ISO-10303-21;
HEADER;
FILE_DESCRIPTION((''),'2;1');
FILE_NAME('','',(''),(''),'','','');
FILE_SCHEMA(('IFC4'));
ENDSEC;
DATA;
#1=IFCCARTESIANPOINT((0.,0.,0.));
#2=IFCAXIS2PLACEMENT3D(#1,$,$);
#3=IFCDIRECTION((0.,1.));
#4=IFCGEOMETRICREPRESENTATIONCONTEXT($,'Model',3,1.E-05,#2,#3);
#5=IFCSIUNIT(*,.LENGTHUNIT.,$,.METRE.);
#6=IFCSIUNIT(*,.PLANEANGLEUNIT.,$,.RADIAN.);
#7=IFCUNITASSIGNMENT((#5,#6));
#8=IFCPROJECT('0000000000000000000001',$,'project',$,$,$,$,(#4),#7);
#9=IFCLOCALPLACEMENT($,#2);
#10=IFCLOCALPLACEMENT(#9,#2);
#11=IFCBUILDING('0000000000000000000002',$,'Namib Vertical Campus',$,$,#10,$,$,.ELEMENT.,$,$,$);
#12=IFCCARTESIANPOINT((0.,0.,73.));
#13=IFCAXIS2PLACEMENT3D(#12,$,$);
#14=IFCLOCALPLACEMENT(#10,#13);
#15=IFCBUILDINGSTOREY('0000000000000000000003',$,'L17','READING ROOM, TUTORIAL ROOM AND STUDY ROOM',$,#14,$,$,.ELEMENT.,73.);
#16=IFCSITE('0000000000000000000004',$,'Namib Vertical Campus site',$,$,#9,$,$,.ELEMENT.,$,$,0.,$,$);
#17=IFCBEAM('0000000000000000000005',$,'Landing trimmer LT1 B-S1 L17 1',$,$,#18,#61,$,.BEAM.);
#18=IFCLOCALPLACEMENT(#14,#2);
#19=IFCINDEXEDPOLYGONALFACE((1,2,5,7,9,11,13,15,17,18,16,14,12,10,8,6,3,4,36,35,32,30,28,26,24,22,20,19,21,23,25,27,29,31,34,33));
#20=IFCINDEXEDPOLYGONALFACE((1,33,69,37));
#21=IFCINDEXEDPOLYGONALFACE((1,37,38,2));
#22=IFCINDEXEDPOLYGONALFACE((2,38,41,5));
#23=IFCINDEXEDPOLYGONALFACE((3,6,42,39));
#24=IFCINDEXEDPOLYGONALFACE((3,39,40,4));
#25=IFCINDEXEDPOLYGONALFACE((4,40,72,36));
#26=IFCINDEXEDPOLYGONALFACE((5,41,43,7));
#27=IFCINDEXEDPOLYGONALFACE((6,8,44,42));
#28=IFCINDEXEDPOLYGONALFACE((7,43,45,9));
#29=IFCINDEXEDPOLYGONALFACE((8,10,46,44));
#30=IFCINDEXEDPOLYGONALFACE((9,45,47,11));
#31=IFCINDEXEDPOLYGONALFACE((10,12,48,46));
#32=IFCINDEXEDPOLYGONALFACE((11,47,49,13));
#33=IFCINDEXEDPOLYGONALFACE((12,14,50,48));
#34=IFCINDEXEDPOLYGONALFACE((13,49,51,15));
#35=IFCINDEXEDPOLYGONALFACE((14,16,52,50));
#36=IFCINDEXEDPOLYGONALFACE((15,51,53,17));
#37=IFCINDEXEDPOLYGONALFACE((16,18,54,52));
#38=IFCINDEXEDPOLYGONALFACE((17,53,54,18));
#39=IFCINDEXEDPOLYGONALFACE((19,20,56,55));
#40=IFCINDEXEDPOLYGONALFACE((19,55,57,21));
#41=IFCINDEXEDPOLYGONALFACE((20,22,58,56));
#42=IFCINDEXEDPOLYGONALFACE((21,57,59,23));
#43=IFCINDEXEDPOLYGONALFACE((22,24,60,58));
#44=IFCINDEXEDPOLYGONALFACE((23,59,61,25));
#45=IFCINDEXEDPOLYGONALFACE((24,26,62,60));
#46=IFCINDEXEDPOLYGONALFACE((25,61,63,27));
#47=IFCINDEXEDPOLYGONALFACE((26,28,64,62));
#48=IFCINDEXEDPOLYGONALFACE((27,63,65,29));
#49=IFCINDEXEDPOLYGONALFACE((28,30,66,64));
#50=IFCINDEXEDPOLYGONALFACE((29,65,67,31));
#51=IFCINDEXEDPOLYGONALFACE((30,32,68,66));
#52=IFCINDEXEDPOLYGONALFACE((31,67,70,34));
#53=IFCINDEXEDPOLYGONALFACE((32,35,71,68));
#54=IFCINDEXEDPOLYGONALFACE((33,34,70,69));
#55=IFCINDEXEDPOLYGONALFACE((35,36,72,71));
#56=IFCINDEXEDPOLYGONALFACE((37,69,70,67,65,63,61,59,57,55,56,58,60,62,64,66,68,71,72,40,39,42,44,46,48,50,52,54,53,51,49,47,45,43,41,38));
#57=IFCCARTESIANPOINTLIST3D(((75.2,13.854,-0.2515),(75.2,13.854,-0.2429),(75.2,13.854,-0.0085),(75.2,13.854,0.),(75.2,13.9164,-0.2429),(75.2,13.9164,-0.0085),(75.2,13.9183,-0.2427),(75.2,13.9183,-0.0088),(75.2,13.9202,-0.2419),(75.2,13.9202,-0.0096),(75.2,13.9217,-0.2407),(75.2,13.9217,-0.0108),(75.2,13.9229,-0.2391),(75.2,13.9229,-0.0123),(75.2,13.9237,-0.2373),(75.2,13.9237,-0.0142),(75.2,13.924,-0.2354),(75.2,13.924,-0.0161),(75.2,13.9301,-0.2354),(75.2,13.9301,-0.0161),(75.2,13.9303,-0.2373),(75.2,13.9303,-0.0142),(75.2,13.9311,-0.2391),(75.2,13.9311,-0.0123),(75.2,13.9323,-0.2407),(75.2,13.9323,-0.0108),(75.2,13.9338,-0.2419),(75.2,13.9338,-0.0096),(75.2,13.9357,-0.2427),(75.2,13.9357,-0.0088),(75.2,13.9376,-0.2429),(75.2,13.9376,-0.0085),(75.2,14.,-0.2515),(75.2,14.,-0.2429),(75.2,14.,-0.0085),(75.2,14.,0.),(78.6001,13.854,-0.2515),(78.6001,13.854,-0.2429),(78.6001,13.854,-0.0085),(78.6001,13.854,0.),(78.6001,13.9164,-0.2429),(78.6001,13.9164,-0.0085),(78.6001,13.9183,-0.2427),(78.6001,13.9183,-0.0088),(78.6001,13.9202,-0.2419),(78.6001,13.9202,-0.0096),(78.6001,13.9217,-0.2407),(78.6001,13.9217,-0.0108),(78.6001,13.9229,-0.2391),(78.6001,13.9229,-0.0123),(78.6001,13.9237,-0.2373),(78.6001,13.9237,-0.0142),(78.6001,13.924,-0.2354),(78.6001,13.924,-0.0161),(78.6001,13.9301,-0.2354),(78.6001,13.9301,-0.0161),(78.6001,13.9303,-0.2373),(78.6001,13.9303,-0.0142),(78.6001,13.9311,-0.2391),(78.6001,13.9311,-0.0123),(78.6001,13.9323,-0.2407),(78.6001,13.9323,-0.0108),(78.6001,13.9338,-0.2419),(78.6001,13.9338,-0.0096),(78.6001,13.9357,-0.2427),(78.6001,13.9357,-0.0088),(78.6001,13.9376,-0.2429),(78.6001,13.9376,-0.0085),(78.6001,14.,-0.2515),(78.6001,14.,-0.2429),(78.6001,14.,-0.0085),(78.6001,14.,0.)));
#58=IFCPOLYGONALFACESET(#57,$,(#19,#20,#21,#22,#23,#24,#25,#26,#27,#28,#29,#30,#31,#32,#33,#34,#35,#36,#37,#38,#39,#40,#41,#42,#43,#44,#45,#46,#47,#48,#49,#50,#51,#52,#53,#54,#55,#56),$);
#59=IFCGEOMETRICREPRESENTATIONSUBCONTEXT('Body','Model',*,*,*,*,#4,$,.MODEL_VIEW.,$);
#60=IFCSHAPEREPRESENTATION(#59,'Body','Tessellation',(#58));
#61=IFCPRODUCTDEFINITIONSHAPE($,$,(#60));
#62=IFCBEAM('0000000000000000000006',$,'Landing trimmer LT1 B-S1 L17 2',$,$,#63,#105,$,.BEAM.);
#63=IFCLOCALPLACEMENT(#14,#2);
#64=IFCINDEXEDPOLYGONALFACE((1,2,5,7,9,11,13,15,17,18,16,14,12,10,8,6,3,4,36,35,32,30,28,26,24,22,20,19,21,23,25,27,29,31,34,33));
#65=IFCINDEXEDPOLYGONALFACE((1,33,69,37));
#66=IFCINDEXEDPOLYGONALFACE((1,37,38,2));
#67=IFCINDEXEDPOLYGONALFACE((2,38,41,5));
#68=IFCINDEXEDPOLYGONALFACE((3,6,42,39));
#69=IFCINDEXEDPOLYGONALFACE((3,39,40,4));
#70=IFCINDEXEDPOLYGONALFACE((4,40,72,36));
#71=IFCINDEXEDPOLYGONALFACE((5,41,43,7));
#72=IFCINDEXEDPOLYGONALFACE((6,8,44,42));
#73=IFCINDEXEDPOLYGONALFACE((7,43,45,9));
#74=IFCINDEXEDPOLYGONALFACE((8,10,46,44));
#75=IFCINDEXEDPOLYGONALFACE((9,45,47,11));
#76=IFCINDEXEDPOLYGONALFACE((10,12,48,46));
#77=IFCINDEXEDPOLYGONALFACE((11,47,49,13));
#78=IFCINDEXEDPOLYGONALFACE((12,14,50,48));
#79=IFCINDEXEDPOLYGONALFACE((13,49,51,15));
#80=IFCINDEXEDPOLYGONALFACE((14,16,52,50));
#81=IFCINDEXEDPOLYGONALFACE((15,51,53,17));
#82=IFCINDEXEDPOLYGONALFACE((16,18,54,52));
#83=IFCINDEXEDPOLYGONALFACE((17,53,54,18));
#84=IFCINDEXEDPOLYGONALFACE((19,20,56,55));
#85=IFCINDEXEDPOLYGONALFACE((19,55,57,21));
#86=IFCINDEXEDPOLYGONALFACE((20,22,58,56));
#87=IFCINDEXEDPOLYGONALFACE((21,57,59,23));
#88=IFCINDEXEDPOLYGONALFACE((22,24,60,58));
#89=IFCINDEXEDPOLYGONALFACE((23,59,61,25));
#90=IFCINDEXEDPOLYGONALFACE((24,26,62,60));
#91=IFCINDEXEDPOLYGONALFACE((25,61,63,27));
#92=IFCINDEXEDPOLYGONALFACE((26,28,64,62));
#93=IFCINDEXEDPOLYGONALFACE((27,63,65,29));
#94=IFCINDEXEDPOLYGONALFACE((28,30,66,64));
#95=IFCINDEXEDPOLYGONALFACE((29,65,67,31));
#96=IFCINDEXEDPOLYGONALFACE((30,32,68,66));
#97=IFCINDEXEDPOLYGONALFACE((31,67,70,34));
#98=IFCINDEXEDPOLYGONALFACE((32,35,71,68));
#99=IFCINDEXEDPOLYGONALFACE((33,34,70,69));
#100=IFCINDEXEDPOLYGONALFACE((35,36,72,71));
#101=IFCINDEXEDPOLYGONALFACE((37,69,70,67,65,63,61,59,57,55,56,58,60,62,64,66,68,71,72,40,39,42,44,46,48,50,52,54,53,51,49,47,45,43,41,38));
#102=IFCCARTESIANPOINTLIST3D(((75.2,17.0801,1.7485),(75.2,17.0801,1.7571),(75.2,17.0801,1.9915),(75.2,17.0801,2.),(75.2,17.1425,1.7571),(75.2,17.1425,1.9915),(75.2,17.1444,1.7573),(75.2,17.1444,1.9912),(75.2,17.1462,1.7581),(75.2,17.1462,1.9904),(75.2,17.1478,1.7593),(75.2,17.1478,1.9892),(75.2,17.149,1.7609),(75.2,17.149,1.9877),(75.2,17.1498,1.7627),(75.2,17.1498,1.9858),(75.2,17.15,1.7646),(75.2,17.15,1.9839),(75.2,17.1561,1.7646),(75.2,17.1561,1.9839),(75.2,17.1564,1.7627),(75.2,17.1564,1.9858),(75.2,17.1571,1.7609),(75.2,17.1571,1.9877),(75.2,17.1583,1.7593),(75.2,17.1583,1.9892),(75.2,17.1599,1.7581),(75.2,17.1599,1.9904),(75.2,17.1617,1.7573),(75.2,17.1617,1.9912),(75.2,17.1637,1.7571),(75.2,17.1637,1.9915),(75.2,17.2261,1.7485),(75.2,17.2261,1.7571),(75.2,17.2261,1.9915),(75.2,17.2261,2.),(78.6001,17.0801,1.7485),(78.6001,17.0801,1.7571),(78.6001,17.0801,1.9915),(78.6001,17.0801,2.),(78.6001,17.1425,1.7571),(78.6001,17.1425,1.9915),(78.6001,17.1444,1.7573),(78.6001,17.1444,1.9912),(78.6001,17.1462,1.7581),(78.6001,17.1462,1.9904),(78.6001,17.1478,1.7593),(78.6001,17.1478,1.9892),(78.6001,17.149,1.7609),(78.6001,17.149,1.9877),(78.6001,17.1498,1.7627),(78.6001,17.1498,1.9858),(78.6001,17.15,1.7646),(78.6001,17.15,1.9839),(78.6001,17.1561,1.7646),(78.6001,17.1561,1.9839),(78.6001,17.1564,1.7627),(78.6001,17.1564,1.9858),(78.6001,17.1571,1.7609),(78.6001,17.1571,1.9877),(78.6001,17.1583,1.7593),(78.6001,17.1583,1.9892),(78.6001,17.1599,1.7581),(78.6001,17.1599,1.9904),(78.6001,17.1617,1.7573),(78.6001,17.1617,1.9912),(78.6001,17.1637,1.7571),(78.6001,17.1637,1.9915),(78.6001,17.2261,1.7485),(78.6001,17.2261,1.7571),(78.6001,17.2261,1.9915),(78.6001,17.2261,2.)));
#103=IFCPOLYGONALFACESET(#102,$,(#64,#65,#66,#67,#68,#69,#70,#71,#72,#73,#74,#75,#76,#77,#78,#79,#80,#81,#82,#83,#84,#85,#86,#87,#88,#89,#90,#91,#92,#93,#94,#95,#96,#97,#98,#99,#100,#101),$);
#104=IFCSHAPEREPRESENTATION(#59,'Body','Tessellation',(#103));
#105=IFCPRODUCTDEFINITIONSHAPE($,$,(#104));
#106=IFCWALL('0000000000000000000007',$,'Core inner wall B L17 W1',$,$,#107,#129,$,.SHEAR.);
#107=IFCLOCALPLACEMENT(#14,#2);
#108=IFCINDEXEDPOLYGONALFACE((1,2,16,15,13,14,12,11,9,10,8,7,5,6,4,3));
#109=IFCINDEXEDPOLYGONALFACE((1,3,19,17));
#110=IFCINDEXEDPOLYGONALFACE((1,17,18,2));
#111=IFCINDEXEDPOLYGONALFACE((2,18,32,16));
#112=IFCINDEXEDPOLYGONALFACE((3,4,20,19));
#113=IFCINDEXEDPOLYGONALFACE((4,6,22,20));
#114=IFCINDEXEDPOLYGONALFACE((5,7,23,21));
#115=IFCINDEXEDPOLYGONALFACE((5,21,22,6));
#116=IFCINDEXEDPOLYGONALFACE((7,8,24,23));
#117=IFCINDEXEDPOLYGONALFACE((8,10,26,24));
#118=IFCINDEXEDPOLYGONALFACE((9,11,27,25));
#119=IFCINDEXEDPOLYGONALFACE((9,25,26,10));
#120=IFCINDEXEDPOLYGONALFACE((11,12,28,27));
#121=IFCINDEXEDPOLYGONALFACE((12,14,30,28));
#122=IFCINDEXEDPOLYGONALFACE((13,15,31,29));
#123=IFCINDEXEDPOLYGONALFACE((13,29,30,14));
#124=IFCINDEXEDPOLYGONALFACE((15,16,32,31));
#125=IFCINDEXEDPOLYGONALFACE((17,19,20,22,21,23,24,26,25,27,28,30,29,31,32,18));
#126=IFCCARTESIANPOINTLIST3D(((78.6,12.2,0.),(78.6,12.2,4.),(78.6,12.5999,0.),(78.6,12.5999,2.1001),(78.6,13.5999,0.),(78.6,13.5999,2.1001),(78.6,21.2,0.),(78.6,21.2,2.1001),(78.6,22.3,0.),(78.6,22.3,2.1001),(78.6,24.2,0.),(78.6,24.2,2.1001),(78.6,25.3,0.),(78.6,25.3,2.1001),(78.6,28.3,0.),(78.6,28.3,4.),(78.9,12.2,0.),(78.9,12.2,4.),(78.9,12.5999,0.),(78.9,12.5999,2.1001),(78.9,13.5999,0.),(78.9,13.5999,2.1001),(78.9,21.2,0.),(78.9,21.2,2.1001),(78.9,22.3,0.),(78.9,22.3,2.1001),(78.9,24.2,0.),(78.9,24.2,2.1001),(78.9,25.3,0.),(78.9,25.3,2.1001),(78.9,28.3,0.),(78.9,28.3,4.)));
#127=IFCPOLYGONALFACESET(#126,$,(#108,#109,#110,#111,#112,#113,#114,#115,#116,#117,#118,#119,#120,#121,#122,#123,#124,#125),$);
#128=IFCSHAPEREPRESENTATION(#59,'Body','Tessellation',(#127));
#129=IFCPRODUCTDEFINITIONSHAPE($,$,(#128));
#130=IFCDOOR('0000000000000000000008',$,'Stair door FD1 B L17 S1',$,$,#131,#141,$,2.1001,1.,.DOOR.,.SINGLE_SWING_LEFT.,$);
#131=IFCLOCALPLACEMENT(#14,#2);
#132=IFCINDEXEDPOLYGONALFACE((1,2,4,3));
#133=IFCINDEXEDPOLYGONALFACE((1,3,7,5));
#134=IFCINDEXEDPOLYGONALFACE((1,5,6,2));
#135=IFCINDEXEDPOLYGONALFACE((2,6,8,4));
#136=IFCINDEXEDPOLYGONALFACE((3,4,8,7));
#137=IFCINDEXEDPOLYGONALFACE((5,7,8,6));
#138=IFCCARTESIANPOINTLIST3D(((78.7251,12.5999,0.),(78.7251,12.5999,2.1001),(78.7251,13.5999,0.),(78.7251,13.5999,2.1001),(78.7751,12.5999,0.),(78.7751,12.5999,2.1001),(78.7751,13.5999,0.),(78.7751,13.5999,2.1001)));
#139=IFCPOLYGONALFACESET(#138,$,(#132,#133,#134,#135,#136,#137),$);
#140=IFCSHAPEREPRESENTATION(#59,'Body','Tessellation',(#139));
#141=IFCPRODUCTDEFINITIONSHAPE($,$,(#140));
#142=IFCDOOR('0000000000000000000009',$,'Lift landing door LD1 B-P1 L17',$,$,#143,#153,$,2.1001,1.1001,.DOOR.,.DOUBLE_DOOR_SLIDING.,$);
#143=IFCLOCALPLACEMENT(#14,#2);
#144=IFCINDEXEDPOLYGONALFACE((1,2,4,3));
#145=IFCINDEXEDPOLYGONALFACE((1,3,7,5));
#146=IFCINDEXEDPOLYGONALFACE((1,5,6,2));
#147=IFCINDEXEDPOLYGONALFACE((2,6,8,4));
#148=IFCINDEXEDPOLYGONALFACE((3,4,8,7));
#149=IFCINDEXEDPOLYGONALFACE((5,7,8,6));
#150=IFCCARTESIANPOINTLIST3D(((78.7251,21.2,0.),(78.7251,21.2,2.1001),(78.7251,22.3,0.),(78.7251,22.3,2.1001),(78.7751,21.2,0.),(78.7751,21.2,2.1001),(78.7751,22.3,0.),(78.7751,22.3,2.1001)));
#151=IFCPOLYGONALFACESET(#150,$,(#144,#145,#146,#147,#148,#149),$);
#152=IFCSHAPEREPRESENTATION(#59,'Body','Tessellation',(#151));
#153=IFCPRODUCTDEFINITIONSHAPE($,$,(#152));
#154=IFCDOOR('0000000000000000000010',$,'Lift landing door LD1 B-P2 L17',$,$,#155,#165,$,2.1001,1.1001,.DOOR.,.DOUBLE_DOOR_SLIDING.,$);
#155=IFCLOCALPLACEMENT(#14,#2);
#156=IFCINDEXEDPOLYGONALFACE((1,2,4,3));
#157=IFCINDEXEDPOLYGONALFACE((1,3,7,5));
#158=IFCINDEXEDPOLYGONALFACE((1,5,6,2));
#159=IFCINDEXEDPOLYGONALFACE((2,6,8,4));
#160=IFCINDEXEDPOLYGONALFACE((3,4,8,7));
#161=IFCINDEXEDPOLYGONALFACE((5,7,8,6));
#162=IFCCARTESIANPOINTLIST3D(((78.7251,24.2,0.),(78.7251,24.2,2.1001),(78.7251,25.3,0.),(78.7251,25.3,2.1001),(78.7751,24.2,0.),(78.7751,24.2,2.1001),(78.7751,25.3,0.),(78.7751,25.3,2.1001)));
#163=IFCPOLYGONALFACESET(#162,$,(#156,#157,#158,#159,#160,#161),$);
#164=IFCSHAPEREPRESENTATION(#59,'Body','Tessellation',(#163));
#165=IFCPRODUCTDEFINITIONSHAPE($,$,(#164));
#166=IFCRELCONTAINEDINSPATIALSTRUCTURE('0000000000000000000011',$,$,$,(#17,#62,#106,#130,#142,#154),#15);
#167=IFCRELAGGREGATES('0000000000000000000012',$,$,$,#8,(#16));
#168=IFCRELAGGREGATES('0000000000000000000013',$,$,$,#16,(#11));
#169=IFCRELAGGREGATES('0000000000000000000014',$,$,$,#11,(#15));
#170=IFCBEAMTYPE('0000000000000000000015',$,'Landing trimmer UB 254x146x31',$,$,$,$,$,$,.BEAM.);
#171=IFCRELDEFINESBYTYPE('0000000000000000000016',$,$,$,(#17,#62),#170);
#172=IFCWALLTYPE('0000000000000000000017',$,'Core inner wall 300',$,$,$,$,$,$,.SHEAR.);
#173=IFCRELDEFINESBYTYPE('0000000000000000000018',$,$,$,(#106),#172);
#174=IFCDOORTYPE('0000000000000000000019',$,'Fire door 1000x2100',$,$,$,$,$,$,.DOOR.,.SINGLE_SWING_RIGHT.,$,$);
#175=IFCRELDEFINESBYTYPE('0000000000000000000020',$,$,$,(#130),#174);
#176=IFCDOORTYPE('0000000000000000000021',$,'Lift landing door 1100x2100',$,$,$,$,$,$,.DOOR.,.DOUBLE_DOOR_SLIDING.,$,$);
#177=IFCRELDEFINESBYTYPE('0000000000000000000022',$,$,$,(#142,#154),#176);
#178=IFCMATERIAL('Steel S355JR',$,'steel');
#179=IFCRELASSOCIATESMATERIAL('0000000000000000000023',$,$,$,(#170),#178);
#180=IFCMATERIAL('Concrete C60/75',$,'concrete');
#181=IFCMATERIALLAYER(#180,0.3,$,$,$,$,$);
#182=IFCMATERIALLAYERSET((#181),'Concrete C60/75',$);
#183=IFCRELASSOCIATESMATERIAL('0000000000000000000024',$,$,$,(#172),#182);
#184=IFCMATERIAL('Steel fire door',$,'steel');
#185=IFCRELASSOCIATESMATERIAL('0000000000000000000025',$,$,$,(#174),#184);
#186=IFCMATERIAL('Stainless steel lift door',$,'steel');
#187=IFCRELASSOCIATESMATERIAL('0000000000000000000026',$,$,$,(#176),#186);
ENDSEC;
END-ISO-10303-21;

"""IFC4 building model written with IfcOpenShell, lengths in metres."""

from ifc_helpers import new_model, si_unit, direction, frame, frame_2d, origin, origin_2d, place, context, subcontext, project, spatial, rectangle, i_section, extrude, material, layer, layer_set, material_profile, profile_set, type_object, element, fill, save


model = new_model("IFC4")

# Units and contexts
model_context = context("Model", 3, precision=1e-05, world=origin(), true_north=direction((0.0, 1.0)))
body_context = subcontext(model_context, "Body", "Model", "MODEL_VIEW")
ifc_project = project(units=[si_unit("LENGTHUNIT", "METRE"), si_unit("PLANEANGLEUNIT", "RADIAN")], contexts=[model_context])

# Site, building, storey
site_placement = place(None, origin())
site = spatial("IfcSite", under=ifc_project, at=site_placement, Name="Namib Vertical Campus site", CompositionType="ELEMENT", RefElevation=0.0)
building_placement = place(site_placement, origin())
building = spatial("IfcBuilding", under=site, at=building_placement, Name="Namib Vertical Campus", CompositionType="ELEMENT")
storey_placement = place(building_placement, frame((0.0, 0.0, 73.0)))
storey = spatial("IfcBuildingStorey", under=building, at=storey_placement, Name="L17", Description="READING ROOM, TUTORIAL ROOM AND STUDY ROOM", CompositionType="ELEMENT", Elevation=73.0)

# Beams
ifc_material_1 = material(Name="Steel S355JR", Category="steel")
ifc_material_profile = material_profile(ifc_material_1, i_section(OverallWidth=0.146, OverallDepth=0.2515, WebThickness=0.0061, FlangeThickness=0.0085, FilletRadius=0.0076, at=origin_2d()))
ifc_profile_set = profile_set([ifc_material_profile], Name="Steel S355JR")
beam_type = type_object("IfcBeamType", Name="Landing trimmer UB 254x146x31", PredefinedType="BEAM", material=ifc_profile_set)
for number, where, z_axis, x_axis, name in (
    (1, (75.2, 13.927, -0.1257), (1.0, 0.0, 0.0), (0.0, 1.0, 0.0), "Landing trimmer LT1 B-S1 L17 1"),
    (2, (75.2, 17.1531, 1.8743), (1.0, 0.0, 0.0), (0.0, 1.0, 0.0), "Landing trimmer LT1 B-S1 L17 2"),
):
    element("IfcBeam", number, at=place(storey_placement, frame(where, z_axis=z_axis, x_axis=x_axis)), inside=storey, type_object=beam_type, Name=name, PredefinedType="BEAM", context=body_context, shape_type="SweptSolid", body=[
        extrude(i_section(OverallWidth=0.146, OverallDepth=0.2515, WebThickness=0.0061, FlangeThickness=0.0085, FilletRadius=0.0076, at=origin_2d()), origin(), (0.0, 0.0, 1.0), 3.4001),
    ])

# Wall, openings, doors
ifc_material_2 = material(Name="Concrete C60/75", Category="concrete")
ifc_layer = layer(ifc_material_2, 0.3)
ifc_layer_set = layer_set([ifc_layer], Name="Concrete C60/75")
wall_type = type_object("IfcWallType", Name="Core inner wall 300", PredefinedType="SHEAR", material=ifc_layer_set)
wall_1_placement = place(storey_placement, frame((78.75, 12.2, 0.0), z_axis=(0.0, 0.0, 1.0), x_axis=(0.0, 1.0, 0.0)))
wall_1 = element("IfcWall", 3, at=wall_1_placement, inside=storey, type_object=wall_type, Name="Core inner wall B L17 W1", PredefinedType="SHEAR", context=body_context, shape_type="SweptSolid", body=[
    extrude(rectangle(XDim=16.1001, YDim=0.3, at=frame_2d((8.05, 0.0))), origin(), (0.0, 0.0, 1.0), 4.0),
])
opening_1_placement = place(wall_1_placement, frame((0.3999, 0.0, 0.0)))
opening_1 = element("IfcOpeningElement", 4, at=opening_1_placement, cuts=wall_1, PredefinedType="OPENING", context=body_context, shape_type="SweptSolid", body=[
    extrude(rectangle(XDim=1.0, YDim=2.1001, at=frame_2d((0.5, 1.05))), frame((0.0, 0.1599, 0.0), z_axis=(0.0, -1.0, 0.0), x_axis=(1.0, 0.0, 0.0)), (0.0, 0.0, 1.0), 0.3201),
])
opening_2_placement = place(wall_1_placement, frame((9.0, 0.0, 0.0)))
opening_2 = element("IfcOpeningElement", 5, at=opening_2_placement, cuts=wall_1, PredefinedType="OPENING", context=body_context, shape_type="SweptSolid", body=[
    extrude(rectangle(XDim=1.1001, YDim=2.1001, at=frame_2d((0.55, 1.05))), frame((0.0, 0.1599, 0.0), z_axis=(0.0, -1.0, 0.0), x_axis=(1.0, 0.0, 0.0)), (0.0, 0.0, 1.0), 0.3201),
])
opening_3_placement = place(wall_1_placement, frame((12.0, 0.0, 0.0)))
opening_3 = element("IfcOpeningElement", 6, at=opening_3_placement, cuts=wall_1, PredefinedType="OPENING", context=body_context, shape_type="SweptSolid", body=[
    extrude(rectangle(XDim=1.1001, YDim=2.1001, at=frame_2d((0.55, 1.05))), frame((0.0, 0.1599, 0.0), z_axis=(0.0, -1.0, 0.0), x_axis=(1.0, 0.0, 0.0)), (0.0, 0.0, 1.0), 0.3201),
])
ifc_material_3 = material(Name="Steel fire door", Category="steel")
door_type_1 = type_object("IfcDoorType", Name="Fire door 1000x2100", OperationType="SINGLE_SWING_RIGHT", PredefinedType="DOOR", material=ifc_material_3)
door_1_placement = place(opening_1_placement, origin())
door_1 = element("IfcDoor", 7, at=door_1_placement, inside=storey, type_object=door_type_1, Name="Stair door FD1 B L17 S1", OperationType="SINGLE_SWING_LEFT", OverallHeight=2.1001, OverallWidth=1.0, PredefinedType="DOOR", context=body_context, shape_type="SweptSolid", body=[
    extrude(rectangle(XDim=1.0, YDim=2.1001, at=frame_2d((0.5, 1.05))), frame((0.0, 0.0249, 0.0), z_axis=(0.0, -1.0, 0.0), x_axis=(1.0, 0.0, 0.0)), (0.0, 0.0, 1.0), 0.05),
])
fill(opening_1, door_1)
ifc_material_4 = material(Name="Stainless steel lift door", Category="steel")
door_type_2 = type_object("IfcDoorType", Name="Lift landing door 1100x2100", OperationType="DOUBLE_DOOR_SLIDING", PredefinedType="DOOR", material=ifc_material_4)
door_2_placement = place(opening_2_placement, origin())
door_2 = element("IfcDoor", 8, at=door_2_placement, inside=storey, type_object=door_type_2, Name="Lift landing door LD1 B-P1 L17", OperationType="DOUBLE_DOOR_SLIDING", OverallHeight=2.1001, OverallWidth=1.1001, PredefinedType="DOOR", context=body_context, shape_type="SweptSolid", body=[
    extrude(rectangle(XDim=1.1001, YDim=2.1001, at=frame_2d((0.55, 1.05))), frame((0.0, 0.0249, 0.0), z_axis=(0.0, -1.0, 0.0), x_axis=(1.0, 0.0, 0.0)), (0.0, 0.0, 1.0), 0.05),
])
fill(opening_2, door_2)
door_3_placement = place(opening_3_placement, origin())
door_3 = element("IfcDoor", 9, at=door_3_placement, inside=storey, type_object=door_type_2, Name="Lift landing door LD1 B-P2 L17", OperationType="DOUBLE_DOOR_SLIDING", OverallHeight=2.1001, OverallWidth=1.1001, PredefinedType="DOOR", context=body_context, shape_type="SweptSolid", body=[
    extrude(rectangle(XDim=1.1001, YDim=2.1001, at=frame_2d((0.55, 1.05))), frame((0.0, 0.0249, 0.0), z_axis=(0.0, -1.0, 0.0), x_axis=(1.0, 0.0, 0.0)), (0.0, 0.0, 1.0), 0.05),
])
fill(opening_3, door_3)

save(model, "model.ifc")
